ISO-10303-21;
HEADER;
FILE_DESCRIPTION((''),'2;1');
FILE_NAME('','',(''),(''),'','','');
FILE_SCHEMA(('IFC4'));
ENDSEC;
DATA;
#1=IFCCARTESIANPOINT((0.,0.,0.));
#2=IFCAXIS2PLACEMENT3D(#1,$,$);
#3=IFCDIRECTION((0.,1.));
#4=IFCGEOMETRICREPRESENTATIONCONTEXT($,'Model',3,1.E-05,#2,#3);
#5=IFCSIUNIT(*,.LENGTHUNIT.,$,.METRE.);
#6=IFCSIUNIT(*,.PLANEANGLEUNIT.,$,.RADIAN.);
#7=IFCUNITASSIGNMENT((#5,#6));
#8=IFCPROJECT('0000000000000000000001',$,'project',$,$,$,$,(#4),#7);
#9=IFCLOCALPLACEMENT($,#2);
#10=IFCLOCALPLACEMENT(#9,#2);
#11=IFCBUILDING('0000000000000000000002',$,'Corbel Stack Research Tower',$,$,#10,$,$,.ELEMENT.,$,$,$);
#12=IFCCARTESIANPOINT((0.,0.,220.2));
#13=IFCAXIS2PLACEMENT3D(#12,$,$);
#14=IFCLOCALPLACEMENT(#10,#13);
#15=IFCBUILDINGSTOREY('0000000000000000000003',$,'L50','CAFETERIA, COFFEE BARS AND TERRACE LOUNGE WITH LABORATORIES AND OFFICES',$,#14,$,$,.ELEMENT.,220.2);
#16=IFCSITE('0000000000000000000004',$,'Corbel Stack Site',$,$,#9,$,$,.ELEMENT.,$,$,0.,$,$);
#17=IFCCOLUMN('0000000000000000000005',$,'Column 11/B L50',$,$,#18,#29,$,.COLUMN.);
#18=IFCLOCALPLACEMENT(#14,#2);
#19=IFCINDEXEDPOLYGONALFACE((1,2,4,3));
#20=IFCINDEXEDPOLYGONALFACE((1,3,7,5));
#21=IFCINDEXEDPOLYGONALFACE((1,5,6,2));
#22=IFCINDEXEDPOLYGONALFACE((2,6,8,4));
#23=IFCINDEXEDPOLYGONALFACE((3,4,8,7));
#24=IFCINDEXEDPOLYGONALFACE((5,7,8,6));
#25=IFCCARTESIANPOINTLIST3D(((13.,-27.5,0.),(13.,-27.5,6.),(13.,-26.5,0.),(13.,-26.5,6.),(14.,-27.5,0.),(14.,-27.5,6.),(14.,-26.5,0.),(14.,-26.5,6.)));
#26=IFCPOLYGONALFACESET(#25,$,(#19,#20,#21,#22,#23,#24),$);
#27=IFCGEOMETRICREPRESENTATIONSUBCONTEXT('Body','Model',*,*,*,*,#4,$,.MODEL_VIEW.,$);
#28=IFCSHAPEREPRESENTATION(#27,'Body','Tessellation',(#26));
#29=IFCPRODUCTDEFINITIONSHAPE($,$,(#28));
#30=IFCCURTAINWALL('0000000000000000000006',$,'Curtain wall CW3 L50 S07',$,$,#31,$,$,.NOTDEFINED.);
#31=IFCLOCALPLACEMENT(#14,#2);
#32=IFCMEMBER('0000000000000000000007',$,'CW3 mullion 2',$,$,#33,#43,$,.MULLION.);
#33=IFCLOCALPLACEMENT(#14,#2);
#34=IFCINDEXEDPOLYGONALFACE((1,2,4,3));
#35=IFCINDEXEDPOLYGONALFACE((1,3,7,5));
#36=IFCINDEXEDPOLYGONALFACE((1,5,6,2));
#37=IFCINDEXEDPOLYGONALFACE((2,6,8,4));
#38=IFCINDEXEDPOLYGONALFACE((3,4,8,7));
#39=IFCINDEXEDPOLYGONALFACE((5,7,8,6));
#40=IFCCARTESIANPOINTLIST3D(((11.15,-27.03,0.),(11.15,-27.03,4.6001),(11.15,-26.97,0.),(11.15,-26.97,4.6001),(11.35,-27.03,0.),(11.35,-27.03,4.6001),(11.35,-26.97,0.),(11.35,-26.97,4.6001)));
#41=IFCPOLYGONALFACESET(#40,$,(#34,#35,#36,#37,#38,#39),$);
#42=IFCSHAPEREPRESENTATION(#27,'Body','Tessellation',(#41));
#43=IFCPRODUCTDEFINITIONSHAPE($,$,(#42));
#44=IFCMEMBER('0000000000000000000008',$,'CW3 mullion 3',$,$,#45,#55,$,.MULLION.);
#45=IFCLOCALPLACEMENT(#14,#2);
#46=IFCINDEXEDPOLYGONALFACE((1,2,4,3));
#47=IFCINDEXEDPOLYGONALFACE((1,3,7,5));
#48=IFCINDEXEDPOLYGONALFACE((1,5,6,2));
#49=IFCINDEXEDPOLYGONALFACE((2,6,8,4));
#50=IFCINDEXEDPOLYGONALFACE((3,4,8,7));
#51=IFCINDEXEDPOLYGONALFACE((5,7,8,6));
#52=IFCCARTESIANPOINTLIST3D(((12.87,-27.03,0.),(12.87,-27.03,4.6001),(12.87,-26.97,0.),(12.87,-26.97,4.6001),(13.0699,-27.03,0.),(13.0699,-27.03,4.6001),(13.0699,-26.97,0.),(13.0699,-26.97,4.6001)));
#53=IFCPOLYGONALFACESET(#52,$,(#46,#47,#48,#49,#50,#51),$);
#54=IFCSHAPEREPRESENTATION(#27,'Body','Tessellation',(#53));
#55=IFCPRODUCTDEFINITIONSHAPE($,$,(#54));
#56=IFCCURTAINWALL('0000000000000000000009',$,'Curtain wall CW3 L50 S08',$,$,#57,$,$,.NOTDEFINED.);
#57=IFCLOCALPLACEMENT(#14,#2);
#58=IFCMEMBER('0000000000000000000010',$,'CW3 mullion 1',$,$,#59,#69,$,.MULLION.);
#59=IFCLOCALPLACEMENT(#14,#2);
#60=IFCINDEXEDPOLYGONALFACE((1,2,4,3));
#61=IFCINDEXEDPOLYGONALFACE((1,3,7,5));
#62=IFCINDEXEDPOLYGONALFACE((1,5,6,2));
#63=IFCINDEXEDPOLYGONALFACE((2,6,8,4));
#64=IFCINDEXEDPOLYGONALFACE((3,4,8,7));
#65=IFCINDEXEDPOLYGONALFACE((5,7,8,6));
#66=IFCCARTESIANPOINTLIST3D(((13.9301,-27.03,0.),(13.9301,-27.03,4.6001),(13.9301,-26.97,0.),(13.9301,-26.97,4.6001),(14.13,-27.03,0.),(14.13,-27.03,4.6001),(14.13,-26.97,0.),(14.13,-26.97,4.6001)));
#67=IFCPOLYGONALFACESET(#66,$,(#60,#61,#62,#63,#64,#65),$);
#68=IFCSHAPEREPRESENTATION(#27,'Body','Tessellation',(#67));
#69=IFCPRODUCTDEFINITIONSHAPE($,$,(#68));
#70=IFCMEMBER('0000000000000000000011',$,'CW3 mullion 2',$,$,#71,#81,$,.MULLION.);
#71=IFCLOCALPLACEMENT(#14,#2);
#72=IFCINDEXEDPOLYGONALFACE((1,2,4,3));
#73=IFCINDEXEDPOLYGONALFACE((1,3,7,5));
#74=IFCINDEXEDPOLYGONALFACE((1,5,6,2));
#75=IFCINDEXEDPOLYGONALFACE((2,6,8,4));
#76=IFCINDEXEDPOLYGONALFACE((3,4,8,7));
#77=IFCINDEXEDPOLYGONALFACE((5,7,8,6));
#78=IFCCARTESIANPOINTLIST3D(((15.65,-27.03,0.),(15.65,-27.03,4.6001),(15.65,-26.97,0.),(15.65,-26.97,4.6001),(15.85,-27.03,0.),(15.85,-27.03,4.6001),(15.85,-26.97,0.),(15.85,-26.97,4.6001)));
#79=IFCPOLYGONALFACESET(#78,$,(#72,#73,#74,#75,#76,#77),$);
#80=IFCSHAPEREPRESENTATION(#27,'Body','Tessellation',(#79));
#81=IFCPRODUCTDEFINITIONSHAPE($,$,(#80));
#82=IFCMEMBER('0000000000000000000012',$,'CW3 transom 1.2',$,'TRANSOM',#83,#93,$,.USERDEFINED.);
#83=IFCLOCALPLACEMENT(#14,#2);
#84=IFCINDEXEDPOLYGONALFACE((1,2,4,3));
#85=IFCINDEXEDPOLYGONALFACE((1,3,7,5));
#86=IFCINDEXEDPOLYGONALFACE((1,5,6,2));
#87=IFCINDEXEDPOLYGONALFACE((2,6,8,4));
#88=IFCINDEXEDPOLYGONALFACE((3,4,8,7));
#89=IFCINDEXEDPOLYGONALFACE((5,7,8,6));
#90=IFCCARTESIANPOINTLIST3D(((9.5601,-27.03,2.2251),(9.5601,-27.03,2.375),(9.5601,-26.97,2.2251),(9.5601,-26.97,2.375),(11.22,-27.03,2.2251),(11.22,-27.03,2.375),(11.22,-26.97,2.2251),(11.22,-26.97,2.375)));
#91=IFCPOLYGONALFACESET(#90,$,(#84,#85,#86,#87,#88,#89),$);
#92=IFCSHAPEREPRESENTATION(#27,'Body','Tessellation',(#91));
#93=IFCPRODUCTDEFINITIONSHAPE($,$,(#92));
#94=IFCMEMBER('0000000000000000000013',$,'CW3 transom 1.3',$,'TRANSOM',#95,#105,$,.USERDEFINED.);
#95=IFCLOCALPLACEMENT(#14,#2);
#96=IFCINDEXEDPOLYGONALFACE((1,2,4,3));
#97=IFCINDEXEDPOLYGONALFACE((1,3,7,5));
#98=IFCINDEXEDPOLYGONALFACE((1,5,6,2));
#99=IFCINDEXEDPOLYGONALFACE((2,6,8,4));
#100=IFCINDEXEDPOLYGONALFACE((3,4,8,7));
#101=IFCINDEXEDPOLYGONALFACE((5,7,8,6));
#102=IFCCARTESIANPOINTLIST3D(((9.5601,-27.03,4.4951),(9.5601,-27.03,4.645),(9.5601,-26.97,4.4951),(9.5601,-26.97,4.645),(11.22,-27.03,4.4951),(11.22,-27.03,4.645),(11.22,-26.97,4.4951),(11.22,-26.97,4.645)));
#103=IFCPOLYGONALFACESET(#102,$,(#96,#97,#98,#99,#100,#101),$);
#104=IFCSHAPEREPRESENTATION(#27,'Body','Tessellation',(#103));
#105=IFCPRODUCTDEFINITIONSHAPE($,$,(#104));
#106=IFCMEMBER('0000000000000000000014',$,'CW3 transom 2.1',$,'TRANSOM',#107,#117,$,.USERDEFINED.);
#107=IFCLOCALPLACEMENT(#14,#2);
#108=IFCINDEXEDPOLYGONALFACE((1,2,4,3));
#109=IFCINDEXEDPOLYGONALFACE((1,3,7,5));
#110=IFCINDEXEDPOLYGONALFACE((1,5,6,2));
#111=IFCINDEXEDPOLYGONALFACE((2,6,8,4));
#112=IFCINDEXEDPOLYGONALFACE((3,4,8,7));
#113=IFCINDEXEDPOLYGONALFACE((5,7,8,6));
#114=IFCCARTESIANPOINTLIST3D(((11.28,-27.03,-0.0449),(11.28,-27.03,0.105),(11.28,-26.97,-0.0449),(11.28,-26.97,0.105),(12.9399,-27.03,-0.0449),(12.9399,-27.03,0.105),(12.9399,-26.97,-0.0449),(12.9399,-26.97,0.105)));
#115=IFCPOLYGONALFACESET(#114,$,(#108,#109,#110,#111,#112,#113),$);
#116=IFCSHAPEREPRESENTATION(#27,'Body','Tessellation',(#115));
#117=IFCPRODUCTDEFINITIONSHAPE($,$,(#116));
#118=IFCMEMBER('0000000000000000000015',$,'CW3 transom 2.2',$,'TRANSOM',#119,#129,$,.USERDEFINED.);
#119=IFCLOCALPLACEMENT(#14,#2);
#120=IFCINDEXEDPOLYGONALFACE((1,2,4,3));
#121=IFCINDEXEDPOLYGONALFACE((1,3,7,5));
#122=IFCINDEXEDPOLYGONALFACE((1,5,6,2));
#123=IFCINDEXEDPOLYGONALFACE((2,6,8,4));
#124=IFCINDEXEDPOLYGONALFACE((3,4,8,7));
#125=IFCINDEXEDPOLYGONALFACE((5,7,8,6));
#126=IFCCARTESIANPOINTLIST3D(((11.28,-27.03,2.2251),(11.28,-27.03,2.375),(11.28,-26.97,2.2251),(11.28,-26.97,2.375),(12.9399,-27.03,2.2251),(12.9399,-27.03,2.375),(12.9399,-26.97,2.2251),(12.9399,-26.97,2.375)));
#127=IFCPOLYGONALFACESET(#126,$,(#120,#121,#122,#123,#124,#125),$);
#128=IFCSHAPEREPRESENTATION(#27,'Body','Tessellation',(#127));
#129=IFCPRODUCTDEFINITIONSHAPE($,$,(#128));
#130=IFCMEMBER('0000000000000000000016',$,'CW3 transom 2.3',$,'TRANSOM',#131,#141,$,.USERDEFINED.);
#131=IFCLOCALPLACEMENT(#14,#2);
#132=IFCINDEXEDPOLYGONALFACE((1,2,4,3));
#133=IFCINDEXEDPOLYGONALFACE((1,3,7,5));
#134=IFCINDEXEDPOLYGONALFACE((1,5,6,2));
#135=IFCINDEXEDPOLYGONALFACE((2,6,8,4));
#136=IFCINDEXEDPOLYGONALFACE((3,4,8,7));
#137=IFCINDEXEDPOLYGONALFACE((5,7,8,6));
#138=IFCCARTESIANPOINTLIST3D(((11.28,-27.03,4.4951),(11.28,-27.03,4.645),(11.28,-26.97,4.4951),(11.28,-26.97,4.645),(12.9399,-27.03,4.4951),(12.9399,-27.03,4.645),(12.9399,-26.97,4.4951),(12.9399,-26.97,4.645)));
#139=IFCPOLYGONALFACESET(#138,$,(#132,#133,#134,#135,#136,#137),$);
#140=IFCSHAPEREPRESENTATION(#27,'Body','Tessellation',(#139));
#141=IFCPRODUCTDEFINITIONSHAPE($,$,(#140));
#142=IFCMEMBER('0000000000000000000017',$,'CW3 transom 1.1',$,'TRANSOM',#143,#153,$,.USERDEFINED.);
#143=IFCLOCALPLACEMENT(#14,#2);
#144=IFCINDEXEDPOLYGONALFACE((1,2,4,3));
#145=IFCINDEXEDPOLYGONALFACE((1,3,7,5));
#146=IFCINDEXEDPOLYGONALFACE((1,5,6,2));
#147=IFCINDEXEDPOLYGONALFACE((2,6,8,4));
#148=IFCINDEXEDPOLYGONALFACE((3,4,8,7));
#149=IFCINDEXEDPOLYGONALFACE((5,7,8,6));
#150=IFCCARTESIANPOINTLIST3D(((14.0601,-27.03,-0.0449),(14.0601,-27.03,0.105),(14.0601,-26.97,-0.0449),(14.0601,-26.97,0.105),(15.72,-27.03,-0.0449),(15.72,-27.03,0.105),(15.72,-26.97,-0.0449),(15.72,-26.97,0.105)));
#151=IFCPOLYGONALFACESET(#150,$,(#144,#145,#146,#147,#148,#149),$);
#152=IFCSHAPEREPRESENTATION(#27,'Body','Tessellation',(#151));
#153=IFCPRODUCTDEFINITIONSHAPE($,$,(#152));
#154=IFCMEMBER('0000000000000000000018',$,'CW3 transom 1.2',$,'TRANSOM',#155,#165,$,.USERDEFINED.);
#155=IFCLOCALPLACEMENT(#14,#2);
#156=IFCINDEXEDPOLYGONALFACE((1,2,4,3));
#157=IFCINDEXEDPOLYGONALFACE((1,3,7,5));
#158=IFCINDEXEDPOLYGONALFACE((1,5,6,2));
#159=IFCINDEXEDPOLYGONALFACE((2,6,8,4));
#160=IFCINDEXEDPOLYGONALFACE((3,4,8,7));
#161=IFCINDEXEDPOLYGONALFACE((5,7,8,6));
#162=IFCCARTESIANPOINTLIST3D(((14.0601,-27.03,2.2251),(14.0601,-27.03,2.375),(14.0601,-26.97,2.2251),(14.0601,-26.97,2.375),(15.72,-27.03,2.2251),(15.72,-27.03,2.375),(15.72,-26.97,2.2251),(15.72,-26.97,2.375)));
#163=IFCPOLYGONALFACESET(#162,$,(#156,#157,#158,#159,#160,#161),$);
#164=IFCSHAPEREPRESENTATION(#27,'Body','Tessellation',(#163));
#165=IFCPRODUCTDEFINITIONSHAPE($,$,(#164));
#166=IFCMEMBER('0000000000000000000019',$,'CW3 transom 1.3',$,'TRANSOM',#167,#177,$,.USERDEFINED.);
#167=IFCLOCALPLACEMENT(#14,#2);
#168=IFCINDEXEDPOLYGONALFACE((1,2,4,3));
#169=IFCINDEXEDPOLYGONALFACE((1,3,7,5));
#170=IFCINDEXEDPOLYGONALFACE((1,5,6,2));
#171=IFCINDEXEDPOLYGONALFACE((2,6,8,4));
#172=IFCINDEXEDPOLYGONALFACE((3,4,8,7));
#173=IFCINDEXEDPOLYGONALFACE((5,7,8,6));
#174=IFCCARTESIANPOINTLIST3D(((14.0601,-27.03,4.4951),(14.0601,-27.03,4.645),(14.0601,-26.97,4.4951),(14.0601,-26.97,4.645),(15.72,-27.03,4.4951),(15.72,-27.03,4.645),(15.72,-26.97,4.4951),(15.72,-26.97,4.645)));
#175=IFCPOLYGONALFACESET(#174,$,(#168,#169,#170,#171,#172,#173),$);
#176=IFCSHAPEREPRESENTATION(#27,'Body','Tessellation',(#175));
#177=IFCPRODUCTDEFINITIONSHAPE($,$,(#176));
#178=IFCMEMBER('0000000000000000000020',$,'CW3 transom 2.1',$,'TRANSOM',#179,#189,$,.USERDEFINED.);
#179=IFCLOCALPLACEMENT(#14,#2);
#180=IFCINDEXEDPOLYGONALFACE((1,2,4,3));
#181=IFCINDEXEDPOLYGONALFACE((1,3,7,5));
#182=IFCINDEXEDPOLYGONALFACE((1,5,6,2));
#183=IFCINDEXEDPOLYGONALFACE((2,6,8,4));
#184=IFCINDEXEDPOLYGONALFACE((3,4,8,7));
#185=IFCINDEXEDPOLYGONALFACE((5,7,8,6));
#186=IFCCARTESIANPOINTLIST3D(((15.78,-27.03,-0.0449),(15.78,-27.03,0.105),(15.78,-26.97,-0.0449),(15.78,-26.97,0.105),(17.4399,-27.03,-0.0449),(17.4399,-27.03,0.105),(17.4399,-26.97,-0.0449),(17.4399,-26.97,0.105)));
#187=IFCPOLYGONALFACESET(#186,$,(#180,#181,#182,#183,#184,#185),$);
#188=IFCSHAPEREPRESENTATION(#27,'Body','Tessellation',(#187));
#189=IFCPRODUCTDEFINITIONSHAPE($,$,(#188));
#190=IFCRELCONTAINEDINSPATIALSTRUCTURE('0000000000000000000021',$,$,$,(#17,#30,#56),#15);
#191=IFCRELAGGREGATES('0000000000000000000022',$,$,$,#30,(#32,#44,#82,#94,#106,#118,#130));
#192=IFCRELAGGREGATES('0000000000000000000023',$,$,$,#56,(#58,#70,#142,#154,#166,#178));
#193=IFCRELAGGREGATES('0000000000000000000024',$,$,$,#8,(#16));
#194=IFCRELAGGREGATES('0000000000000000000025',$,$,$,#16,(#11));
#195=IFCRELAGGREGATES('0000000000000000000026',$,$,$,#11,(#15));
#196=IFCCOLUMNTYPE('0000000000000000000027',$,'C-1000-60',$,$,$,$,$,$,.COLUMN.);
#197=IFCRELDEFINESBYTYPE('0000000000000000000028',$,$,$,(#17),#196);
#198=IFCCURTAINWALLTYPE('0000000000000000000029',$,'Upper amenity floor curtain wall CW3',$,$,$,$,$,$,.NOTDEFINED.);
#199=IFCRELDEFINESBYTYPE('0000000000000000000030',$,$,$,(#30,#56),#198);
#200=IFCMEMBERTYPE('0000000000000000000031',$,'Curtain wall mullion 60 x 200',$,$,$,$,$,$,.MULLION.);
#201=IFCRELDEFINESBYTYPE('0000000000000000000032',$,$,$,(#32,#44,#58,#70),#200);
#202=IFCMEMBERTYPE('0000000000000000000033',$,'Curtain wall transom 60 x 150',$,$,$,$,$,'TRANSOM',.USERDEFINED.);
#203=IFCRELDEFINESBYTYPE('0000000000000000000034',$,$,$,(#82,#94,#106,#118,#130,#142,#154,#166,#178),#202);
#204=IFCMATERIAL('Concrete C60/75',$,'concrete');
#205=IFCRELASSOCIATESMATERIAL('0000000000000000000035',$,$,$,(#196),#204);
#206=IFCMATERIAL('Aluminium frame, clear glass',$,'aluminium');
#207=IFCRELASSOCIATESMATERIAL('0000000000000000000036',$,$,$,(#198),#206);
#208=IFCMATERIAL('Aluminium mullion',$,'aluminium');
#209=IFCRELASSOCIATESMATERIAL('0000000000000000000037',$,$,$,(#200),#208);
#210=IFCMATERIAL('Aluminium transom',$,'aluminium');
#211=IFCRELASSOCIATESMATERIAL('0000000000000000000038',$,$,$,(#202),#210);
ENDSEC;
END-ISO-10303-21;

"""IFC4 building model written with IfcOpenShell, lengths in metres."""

from ifc_helpers import new_model, si_unit, direction, frame, origin, origin_2d, place, context, subcontext, project, spatial, rectangle, extrude, material, material_profile, profile_set, type_object, element, aggregate, save


model = new_model("IFC4")

# Units and contexts
model_context = context("Model", 3, precision=1e-05, world=origin(), true_north=direction((0.0, 1.0)))
body_context = subcontext(model_context, "Body", "Model", "MODEL_VIEW")
ifc_project = project(units=[si_unit("LENGTHUNIT", "METRE"), si_unit("PLANEANGLEUNIT", "RADIAN")], contexts=[model_context])

# Site, building, storey
site_placement = place(None, origin())
site = spatial("IfcSite", under=ifc_project, at=site_placement, Name="Corbel Stack Site", CompositionType="ELEMENT", RefElevation=0.0)
building_placement = place(site_placement, origin())
building = spatial("IfcBuilding", under=site, at=building_placement, Name="Corbel Stack Research Tower", CompositionType="ELEMENT")
storey_placement = place(building_placement, frame((0.0, 0.0, 220.2)))
storey = spatial("IfcBuildingStorey", under=building, at=storey_placement, Name="L50", Description="CAFETERIA, COFFEE BARS AND TERRACE LOUNGE WITH LABORATORIES AND OFFICES", CompositionType="ELEMENT", Elevation=220.2)

# Column
ifc_material_1 = material(Name="Concrete C60/75", Category="concrete")
ifc_material_profile_1 = material_profile(ifc_material_1, rectangle(XDim=1.0, YDim=1.0, at=origin_2d()), Name="RC 1000 x 1000")
ifc_profile_set_1 = profile_set([ifc_material_profile_1], Name="Concrete C60/75")
column_type = type_object("IfcColumnType", Name="C-1000-60", PredefinedType="COLUMN", material=ifc_profile_set_1)
column_placement = place(storey_placement, frame((13.5, -27.0, 0.0), z_axis=(0.0, 0.0, 1.0), x_axis=(1.0, 0.0, 0.0)))
element("IfcColumn", 1, at=column_placement, inside=storey, type_object=column_type, Name="Column 11/B L50", PredefinedType="COLUMN", context=body_context, shape_type="SweptSolid", body=[
    extrude(rectangle(XDim=1.0, YDim=1.0, at=origin_2d()), origin(), (0.0, 0.0, 1.0), 6.0),
])

# Curtain walls, members
ifc_material_2 = material(Name="Aluminium frame, clear glass", Category="aluminium")
curtain_wall_type = type_object("IfcCurtainWallType", Name="Upper amenity floor curtain wall CW3", PredefinedType="NOTDEFINED", material=ifc_material_2)
curtain_wall_1_placement = place(storey_placement, origin())
curtain_wall_1 = element("IfcCurtainWall", 2, at=curtain_wall_1_placement, inside=storey, type_object=curtain_wall_type, Name="Curtain wall CW3 L50 S07", PredefinedType="NOTDEFINED")
ifc_material_3 = material(Name="Aluminium mullion", Category="aluminium")
ifc_material_profile_2 = material_profile(ifc_material_3, rectangle(XDim=0.0601, YDim=0.2, at=origin_2d()), Name="Mullion 60 x 200")
ifc_profile_set_2 = profile_set([ifc_material_profile_2], Name="Aluminium mullion")
member_type_1 = type_object("IfcMemberType", Name="Curtain wall mullion 60 x 200", PredefinedType="MULLION", material=ifc_profile_set_2)
member_1_placement = place(storey_placement, frame((11.25, -27.0, 0.0), z_axis=(0.0, 0.0, 1.0), x_axis=(0.0, 1.0, 0.0)))
member_1 = element("IfcMember", 3, at=member_1_placement, type_object=member_type_1, Name="CW3 mullion 2", PredefinedType="MULLION", context=body_context, shape_type="SweptSolid", body=[
    extrude(rectangle(XDim=0.0601, YDim=0.2, at=origin_2d()), origin(), (0.0, 0.0, 1.0), 4.6001),
])
member_2_placement = place(storey_placement, frame((12.97, -27.0, 0.0), z_axis=(0.0, 0.0, 1.0), x_axis=(0.0, 1.0, 0.0)))
member_2 = element("IfcMember", 4, at=member_2_placement, type_object=member_type_1, Name="CW3 mullion 3", PredefinedType="MULLION", context=body_context, shape_type="SweptSolid", body=[
    extrude(rectangle(XDim=0.0601, YDim=0.2, at=origin_2d()), origin(), (0.0, 0.0, 1.0), 4.6001),
])
curtain_wall_2_placement = place(storey_placement, origin())
curtain_wall_2 = element("IfcCurtainWall", 5, at=curtain_wall_2_placement, inside=storey, type_object=curtain_wall_type, Name="Curtain wall CW3 L50 S08", PredefinedType="NOTDEFINED")
member_3_placement = place(storey_placement, frame((14.03, -27.0, 0.0), z_axis=(0.0, 0.0, 1.0), x_axis=(0.0, 1.0, 0.0)))
member_3 = element("IfcMember", 6, at=member_3_placement, type_object=member_type_1, Name="CW3 mullion 1", PredefinedType="MULLION", context=body_context, shape_type="SweptSolid", body=[
    extrude(rectangle(XDim=0.0601, YDim=0.2, at=origin_2d()), origin(), (0.0, 0.0, 1.0), 4.6001),
])
member_4_placement = place(storey_placement, frame((15.75, -27.0, 0.0), z_axis=(0.0, 0.0, 1.0), x_axis=(0.0, 1.0, 0.0)))
member_4 = element("IfcMember", 7, at=member_4_placement, type_object=member_type_1, Name="CW3 mullion 2", PredefinedType="MULLION", context=body_context, shape_type="SweptSolid", body=[
    extrude(rectangle(XDim=0.0601, YDim=0.2, at=origin_2d()), origin(), (0.0, 0.0, 1.0), 4.6001),
])

# Members
ifc_material_4 = material(Name="Aluminium transom", Category="aluminium")
ifc_material_profile_3 = material_profile(ifc_material_4, rectangle(XDim=0.0601, YDim=0.1499, at=origin_2d()), Name="Transom 60 x 150")
ifc_profile_set_3 = profile_set([ifc_material_profile_3], Name="Aluminium transom")
member_type_2 = type_object("IfcMemberType", Name="Curtain wall transom 60 x 150", ElementType="TRANSOM", PredefinedType="USERDEFINED", material=ifc_profile_set_3)
member_5_placement = place(storey_placement, frame((9.5601, -27.0, 2.3), z_axis=(1.0, 0.0, 0.0), x_axis=(0.0, 1.0, 0.0)))
member_5 = element("IfcMember", 8, at=member_5_placement, type_object=member_type_2, Name="CW3 transom 1.2", ObjectType="TRANSOM", PredefinedType="USERDEFINED", context=body_context, shape_type="SweptSolid", body=[
    extrude(rectangle(XDim=0.0601, YDim=0.1499, at=origin_2d()), origin(), (0.0, 0.0, 1.0), 1.6599),
])
member_6_placement = place(storey_placement, frame((9.5601, -27.0, 4.5701), z_axis=(1.0, 0.0, 0.0), x_axis=(0.0, 1.0, 0.0)))
member_6 = element("IfcMember", 9, at=member_6_placement, type_object=member_type_2, Name="CW3 transom 1.3", ObjectType="TRANSOM", PredefinedType="USERDEFINED", context=body_context, shape_type="SweptSolid", body=[
    extrude(rectangle(XDim=0.0601, YDim=0.1499, at=origin_2d()), origin(), (0.0, 0.0, 1.0), 1.6599),
])
member_7_placement = place(storey_placement, frame((11.28, -27.0, 0.03), z_axis=(1.0, 0.0, 0.0), x_axis=(0.0, 1.0, 0.0)))
member_7 = element("IfcMember", 10, at=member_7_placement, type_object=member_type_2, Name="CW3 transom 2.1", ObjectType="TRANSOM", PredefinedType="USERDEFINED", context=body_context, shape_type="SweptSolid", body=[
    extrude(rectangle(XDim=0.0601, YDim=0.1499, at=origin_2d()), origin(), (0.0, 0.0, 1.0), 1.6599),
])
member_8_placement = place(storey_placement, frame((11.28, -27.0, 2.3), z_axis=(1.0, 0.0, 0.0), x_axis=(0.0, 1.0, 0.0)))
member_8 = element("IfcMember", 11, at=member_8_placement, type_object=member_type_2, Name="CW3 transom 2.2", ObjectType="TRANSOM", PredefinedType="USERDEFINED", context=body_context, shape_type="SweptSolid", body=[
    extrude(rectangle(XDim=0.0601, YDim=0.1499, at=origin_2d()), origin(), (0.0, 0.0, 1.0), 1.6599),
])
member_9_placement = place(storey_placement, frame((11.28, -27.0, 4.5701), z_axis=(1.0, 0.0, 0.0), x_axis=(0.0, 1.0, 0.0)))
member_9 = element("IfcMember", 12, at=member_9_placement, type_object=member_type_2, Name="CW3 transom 2.3", ObjectType="TRANSOM", PredefinedType="USERDEFINED", context=body_context, shape_type="SweptSolid", body=[
    extrude(rectangle(XDim=0.0601, YDim=0.1499, at=origin_2d()), origin(), (0.0, 0.0, 1.0), 1.6599),
])
member_10_placement = place(storey_placement, frame((14.0601, -27.0, 0.03), z_axis=(1.0, 0.0, 0.0), x_axis=(0.0, 1.0, 0.0)))
member_10 = element("IfcMember", 13, at=member_10_placement, type_object=member_type_2, Name="CW3 transom 1.1", ObjectType="TRANSOM", PredefinedType="USERDEFINED", context=body_context, shape_type="SweptSolid", body=[
    extrude(rectangle(XDim=0.0601, YDim=0.1499, at=origin_2d()), origin(), (0.0, 0.0, 1.0), 1.6599),
])
member_11_placement = place(storey_placement, frame((14.0601, -27.0, 2.3), z_axis=(1.0, 0.0, 0.0), x_axis=(0.0, 1.0, 0.0)))
member_11 = element("IfcMember", 14, at=member_11_placement, type_object=member_type_2, Name="CW3 transom 1.2", ObjectType="TRANSOM", PredefinedType="USERDEFINED", context=body_context, shape_type="SweptSolid", body=[
    extrude(rectangle(XDim=0.0601, YDim=0.1499, at=origin_2d()), origin(), (0.0, 0.0, 1.0), 1.6599),
])
member_12_placement = place(storey_placement, frame((14.0601, -27.0, 4.5701), z_axis=(1.0, 0.0, 0.0), x_axis=(0.0, 1.0, 0.0)))
member_12 = element("IfcMember", 15, at=member_12_placement, type_object=member_type_2, Name="CW3 transom 1.3", ObjectType="TRANSOM", PredefinedType="USERDEFINED", context=body_context, shape_type="SweptSolid", body=[
    extrude(rectangle(XDim=0.0601, YDim=0.1499, at=origin_2d()), origin(), (0.0, 0.0, 1.0), 1.6599),
])
member_13_placement = place(storey_placement, frame((15.78, -27.0, 0.03), z_axis=(1.0, 0.0, 0.0), x_axis=(0.0, 1.0, 0.0)))
member_13 = element("IfcMember", 16, at=member_13_placement, type_object=member_type_2, Name="CW3 transom 2.1", ObjectType="TRANSOM", PredefinedType="USERDEFINED", context=body_context, shape_type="SweptSolid", body=[
    extrude(rectangle(XDim=0.0601, YDim=0.1499, at=origin_2d()), origin(), (0.0, 0.0, 1.0), 1.6599),
])

aggregate(curtain_wall_1, [member_1, member_2, member_5, member_6, member_7, member_8, member_9])
aggregate(curtain_wall_2, [member_3, member_4, member_10, member_11, member_12, member_13])

save(model, "model.ifc")
